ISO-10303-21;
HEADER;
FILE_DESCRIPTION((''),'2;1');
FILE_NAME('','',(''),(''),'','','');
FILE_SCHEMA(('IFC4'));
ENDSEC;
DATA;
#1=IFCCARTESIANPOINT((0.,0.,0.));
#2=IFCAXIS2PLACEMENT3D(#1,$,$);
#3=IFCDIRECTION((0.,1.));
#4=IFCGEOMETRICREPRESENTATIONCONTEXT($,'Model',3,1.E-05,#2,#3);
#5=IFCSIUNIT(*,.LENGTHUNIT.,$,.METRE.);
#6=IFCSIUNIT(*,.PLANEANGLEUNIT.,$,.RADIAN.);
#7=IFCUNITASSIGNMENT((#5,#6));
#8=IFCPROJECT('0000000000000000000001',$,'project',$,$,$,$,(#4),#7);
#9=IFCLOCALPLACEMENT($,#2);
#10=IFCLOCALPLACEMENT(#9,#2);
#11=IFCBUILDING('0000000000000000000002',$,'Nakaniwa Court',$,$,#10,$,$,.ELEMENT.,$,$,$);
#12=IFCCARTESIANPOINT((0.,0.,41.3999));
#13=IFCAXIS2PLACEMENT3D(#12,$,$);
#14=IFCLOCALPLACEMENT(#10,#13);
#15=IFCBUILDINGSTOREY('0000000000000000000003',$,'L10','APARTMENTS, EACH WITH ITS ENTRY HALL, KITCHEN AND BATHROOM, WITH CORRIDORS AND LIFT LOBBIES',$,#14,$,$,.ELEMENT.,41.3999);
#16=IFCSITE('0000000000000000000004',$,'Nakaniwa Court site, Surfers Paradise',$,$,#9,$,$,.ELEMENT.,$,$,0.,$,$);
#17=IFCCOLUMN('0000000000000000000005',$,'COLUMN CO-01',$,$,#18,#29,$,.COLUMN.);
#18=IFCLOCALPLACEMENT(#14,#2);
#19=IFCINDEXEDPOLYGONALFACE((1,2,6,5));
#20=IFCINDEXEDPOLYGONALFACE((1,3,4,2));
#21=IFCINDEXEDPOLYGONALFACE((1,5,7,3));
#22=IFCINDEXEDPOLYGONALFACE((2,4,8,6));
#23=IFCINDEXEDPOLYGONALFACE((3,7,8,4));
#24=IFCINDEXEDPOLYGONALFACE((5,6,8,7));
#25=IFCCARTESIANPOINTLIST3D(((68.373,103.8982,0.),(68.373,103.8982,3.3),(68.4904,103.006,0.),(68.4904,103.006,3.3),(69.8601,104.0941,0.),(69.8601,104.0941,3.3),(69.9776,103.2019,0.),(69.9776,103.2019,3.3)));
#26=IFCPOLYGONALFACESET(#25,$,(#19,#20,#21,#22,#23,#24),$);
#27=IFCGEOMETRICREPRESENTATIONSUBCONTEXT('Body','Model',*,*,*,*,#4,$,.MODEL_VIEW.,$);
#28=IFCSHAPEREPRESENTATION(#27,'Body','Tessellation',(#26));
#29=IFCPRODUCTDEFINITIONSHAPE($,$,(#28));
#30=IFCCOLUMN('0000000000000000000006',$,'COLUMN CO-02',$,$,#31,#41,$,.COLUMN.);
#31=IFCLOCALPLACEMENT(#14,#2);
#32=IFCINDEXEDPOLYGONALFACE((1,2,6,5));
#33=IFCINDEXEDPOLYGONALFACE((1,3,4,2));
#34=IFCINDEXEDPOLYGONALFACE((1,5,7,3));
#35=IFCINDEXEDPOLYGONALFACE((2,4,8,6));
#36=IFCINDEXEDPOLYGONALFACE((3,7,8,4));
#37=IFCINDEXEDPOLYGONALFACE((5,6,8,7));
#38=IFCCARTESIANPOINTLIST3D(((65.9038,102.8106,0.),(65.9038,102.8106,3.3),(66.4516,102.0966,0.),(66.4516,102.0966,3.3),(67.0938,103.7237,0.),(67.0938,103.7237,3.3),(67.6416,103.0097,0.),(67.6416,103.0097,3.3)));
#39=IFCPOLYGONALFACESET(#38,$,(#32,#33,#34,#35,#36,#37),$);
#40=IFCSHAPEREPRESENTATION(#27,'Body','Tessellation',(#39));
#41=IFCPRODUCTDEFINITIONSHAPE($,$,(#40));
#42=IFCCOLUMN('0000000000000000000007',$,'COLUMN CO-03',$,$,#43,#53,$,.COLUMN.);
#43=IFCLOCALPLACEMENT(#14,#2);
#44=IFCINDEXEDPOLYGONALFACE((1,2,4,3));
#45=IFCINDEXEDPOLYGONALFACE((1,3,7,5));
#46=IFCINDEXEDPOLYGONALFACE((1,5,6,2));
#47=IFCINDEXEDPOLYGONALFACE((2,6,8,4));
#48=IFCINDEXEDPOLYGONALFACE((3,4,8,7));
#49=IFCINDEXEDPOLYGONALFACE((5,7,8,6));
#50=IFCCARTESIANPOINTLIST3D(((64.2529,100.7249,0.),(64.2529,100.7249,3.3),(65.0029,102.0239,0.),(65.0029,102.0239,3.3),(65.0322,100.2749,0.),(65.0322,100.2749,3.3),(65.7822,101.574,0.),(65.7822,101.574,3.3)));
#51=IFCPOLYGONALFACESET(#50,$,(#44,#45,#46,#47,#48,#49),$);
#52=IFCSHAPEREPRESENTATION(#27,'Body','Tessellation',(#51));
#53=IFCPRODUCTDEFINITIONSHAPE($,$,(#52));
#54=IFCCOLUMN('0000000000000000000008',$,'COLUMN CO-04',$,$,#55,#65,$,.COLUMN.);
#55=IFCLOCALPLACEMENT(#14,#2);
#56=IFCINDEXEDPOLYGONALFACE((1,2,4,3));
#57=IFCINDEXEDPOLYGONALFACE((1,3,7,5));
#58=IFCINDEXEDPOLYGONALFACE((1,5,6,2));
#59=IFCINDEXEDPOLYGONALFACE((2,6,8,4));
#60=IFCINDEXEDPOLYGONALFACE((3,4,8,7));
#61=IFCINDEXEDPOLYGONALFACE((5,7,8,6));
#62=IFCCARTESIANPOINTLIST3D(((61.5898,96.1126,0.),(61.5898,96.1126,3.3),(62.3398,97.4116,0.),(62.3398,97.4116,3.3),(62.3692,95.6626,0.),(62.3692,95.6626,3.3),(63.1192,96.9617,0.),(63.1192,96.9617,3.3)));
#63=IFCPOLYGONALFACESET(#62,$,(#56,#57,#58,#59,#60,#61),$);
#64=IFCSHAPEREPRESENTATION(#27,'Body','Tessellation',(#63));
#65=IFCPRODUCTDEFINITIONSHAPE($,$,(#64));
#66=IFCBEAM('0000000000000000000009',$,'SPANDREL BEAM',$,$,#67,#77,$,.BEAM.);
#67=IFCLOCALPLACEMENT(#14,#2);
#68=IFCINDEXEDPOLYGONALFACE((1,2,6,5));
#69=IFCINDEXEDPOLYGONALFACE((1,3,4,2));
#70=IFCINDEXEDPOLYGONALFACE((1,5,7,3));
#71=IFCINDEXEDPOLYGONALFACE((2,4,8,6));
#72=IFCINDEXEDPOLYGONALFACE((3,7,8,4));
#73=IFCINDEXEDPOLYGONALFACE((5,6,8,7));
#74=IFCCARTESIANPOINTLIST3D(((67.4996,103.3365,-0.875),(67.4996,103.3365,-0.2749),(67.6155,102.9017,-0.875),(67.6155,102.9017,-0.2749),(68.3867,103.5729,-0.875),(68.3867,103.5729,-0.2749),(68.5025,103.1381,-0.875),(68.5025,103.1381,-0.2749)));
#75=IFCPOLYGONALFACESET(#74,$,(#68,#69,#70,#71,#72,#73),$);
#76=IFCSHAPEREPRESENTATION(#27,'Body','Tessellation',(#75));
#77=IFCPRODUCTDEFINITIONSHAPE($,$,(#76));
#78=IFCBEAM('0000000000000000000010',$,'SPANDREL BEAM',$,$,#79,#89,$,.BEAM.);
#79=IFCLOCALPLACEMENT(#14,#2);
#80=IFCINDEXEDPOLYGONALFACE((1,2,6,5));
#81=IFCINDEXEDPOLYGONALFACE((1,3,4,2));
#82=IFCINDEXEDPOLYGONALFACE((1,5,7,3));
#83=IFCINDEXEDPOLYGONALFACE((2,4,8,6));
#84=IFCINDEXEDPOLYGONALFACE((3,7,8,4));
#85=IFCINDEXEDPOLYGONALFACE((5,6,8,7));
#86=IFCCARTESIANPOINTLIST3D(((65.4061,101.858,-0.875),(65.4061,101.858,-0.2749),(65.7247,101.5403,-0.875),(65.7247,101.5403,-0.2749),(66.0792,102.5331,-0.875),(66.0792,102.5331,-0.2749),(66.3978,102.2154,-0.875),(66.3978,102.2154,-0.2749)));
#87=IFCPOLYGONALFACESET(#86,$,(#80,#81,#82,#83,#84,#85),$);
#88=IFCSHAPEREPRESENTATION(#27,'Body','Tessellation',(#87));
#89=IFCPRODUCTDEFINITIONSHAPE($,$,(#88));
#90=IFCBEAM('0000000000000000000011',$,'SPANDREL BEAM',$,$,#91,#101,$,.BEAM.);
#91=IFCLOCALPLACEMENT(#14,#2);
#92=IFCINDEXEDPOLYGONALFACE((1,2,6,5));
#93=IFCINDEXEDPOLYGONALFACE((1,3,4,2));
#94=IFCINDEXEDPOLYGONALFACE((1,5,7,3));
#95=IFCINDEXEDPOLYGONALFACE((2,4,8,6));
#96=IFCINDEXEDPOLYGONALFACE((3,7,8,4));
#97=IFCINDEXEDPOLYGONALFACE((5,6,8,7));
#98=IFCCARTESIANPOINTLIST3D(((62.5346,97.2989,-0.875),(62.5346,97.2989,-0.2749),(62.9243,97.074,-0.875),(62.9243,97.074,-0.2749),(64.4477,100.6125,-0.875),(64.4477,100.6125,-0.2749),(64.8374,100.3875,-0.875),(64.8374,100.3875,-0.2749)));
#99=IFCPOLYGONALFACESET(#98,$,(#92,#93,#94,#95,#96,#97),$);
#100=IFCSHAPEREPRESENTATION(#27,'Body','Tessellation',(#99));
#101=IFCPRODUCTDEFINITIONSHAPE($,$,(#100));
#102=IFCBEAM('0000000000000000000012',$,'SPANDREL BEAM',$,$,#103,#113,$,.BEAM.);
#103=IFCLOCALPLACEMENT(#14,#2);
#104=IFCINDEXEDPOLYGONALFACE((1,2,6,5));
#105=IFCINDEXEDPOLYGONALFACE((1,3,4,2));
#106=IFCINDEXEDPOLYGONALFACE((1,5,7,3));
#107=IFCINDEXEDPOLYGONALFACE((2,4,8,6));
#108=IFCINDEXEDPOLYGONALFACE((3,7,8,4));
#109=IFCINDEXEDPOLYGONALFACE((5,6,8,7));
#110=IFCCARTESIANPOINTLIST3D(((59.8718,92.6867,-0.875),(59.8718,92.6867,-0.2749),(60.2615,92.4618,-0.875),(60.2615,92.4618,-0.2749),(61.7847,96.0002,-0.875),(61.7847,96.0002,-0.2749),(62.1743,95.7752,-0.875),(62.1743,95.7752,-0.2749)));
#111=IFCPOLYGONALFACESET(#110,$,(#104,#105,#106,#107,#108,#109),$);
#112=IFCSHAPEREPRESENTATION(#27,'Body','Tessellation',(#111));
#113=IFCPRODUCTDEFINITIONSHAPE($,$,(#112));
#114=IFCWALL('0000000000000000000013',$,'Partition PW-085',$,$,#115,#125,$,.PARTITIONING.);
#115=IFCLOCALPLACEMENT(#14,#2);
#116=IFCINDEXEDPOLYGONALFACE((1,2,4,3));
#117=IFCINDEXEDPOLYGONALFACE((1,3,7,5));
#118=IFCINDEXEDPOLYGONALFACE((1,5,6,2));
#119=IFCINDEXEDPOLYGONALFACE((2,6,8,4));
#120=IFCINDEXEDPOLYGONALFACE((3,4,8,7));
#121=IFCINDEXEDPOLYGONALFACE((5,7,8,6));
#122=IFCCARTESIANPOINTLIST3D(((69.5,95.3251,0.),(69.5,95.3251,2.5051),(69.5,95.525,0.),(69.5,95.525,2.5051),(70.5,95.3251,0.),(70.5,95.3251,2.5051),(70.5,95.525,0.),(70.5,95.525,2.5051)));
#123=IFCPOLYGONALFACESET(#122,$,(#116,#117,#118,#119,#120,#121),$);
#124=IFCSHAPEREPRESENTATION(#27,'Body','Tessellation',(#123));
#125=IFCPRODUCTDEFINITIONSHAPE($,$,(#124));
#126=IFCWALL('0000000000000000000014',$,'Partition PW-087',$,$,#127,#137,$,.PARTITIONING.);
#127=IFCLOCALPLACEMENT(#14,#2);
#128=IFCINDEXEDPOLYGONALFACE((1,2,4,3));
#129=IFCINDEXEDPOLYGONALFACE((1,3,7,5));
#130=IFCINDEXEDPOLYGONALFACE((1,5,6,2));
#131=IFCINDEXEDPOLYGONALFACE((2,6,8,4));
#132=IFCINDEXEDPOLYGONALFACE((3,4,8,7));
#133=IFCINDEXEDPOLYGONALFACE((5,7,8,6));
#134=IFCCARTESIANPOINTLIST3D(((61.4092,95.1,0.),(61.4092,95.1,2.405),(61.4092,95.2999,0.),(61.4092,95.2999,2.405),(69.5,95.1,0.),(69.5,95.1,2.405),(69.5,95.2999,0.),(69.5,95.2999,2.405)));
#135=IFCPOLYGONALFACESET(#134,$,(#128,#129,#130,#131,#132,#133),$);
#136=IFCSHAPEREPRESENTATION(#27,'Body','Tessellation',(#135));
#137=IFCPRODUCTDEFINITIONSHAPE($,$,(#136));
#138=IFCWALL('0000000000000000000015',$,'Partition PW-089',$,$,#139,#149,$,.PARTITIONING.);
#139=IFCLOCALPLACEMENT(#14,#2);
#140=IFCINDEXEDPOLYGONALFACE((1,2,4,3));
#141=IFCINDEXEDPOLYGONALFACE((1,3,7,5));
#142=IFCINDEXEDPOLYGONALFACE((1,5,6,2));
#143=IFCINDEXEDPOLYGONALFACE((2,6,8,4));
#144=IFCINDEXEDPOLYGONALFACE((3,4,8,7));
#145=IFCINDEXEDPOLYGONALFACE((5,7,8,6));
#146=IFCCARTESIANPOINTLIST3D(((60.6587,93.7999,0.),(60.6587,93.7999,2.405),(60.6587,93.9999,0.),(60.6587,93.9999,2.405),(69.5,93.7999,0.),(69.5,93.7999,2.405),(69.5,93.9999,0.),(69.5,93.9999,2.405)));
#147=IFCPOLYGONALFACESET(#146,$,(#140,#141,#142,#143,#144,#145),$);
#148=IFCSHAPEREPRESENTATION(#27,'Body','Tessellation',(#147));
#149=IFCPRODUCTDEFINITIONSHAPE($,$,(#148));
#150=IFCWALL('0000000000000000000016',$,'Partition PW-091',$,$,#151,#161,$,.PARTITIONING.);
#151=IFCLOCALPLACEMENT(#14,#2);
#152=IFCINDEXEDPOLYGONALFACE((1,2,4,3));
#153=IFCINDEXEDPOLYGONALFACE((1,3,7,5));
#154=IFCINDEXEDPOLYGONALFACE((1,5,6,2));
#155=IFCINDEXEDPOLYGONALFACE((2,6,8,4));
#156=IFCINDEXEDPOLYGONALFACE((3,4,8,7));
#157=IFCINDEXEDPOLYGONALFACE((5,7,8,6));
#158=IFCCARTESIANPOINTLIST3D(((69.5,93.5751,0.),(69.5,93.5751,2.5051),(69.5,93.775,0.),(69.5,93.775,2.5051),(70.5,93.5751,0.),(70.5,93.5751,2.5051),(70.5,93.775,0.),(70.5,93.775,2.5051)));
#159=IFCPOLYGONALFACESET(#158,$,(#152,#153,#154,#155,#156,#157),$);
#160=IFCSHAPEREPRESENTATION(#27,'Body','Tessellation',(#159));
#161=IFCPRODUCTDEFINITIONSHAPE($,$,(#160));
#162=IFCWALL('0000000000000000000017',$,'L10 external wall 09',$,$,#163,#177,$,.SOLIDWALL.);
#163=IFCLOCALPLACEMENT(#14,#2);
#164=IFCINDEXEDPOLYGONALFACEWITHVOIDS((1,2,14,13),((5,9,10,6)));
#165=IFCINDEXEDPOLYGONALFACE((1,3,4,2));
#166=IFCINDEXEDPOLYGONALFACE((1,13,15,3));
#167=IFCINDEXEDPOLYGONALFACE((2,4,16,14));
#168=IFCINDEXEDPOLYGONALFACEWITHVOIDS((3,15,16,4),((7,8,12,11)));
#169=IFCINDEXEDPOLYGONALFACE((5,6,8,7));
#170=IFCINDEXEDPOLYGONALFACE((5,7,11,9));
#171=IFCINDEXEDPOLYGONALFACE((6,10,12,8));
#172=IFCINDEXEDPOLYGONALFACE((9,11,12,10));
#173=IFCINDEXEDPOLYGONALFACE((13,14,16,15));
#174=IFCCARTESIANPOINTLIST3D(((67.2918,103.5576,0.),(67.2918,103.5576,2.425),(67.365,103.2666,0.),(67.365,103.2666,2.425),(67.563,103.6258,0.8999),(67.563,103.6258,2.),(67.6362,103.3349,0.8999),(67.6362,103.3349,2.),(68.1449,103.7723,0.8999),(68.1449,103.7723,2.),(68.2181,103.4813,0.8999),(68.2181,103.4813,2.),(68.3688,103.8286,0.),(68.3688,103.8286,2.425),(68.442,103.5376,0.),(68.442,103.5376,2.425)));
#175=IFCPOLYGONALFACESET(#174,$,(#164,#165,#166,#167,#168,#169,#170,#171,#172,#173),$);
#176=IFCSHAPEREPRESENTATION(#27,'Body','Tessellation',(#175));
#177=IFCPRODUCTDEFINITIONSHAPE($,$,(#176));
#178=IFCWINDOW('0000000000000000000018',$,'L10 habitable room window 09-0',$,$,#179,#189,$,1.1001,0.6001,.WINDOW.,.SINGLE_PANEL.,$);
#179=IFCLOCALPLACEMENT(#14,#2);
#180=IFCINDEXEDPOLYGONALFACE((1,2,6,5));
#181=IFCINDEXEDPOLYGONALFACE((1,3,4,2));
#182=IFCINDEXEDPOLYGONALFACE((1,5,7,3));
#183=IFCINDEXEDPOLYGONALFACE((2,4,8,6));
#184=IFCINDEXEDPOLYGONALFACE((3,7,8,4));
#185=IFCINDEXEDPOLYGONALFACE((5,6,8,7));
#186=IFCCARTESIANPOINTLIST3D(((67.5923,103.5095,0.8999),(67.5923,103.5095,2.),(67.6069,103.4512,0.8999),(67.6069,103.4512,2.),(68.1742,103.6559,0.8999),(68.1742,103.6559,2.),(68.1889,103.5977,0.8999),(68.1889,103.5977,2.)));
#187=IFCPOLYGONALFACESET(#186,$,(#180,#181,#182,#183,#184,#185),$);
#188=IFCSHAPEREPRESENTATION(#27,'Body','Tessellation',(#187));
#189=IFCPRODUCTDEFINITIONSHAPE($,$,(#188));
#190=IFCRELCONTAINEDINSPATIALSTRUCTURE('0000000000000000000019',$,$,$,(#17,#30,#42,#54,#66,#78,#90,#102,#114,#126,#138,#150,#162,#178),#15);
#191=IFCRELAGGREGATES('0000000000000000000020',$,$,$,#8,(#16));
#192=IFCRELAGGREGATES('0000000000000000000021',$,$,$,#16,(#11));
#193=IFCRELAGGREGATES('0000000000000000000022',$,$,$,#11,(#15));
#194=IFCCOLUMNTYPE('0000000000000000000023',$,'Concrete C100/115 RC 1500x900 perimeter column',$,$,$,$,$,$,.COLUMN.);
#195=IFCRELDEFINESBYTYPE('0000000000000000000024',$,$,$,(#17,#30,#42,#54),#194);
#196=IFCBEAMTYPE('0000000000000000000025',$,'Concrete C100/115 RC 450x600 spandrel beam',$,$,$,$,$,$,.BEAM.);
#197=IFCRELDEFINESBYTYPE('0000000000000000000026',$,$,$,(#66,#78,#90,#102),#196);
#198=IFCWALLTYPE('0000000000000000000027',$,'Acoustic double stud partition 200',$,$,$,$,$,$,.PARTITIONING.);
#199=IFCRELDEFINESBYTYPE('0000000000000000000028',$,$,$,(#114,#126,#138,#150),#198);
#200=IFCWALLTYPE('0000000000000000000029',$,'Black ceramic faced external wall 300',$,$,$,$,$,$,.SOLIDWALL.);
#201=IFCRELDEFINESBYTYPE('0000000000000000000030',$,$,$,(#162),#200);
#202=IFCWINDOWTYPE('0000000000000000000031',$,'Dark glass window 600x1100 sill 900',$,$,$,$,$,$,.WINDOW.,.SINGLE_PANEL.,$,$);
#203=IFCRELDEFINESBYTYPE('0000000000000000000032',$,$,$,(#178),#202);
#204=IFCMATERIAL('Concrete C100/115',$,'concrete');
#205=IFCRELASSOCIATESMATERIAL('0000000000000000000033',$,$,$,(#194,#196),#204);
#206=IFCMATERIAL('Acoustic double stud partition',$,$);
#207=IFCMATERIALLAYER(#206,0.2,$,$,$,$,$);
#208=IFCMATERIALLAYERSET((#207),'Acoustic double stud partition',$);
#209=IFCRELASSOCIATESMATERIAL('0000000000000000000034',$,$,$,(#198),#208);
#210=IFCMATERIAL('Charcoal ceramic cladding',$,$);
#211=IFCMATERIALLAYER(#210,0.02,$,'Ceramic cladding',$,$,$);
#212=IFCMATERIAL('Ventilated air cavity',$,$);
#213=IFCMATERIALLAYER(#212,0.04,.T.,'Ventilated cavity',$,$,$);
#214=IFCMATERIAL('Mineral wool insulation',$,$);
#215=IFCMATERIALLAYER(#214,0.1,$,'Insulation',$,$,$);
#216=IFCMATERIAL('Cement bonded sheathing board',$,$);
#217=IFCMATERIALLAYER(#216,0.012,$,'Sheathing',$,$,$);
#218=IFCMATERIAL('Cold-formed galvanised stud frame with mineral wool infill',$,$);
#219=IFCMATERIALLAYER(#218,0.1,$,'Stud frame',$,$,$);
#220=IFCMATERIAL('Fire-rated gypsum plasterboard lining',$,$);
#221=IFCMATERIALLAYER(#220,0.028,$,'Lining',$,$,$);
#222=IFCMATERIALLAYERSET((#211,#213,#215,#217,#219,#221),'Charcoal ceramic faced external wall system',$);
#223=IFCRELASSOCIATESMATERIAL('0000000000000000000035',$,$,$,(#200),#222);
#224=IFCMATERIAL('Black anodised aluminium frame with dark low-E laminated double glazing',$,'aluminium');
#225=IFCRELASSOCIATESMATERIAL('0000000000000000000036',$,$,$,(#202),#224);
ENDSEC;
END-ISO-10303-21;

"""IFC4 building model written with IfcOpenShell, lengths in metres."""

from ifc_helpers import new_model, si_unit, direction, frame, frame_2d, origin, origin_2d, place, context, subcontext, project, spatial, rectangle, extrude, material, layer, layer_set, material_profile, profile_set, type_object, element, fill, save


model = new_model("IFC4")

# Units and contexts
model_context = context("Model", 3, precision=1e-05, world=origin(), true_north=direction((0.0, 1.0)))
body_context = subcontext(model_context, "Body", "Model", "MODEL_VIEW")
ifc_project = project(units=[si_unit("LENGTHUNIT", "METRE"), si_unit("PLANEANGLEUNIT", "RADIAN")], contexts=[model_context])

# Site, building, storey
site_placement = place(None, origin())
site = spatial("IfcSite", under=ifc_project, at=site_placement, Name="Nakaniwa Court site, Surfers Paradise", CompositionType="ELEMENT", RefElevation=0.0)
building_placement = place(site_placement, origin())
building = spatial("IfcBuilding", under=site, at=building_placement, Name="Nakaniwa Court", CompositionType="ELEMENT")
storey_placement = place(building_placement, frame((0.0, 0.0, 41.3999)))
storey = spatial("IfcBuildingStorey", under=building, at=storey_placement, Name="L10", Description="APARTMENTS, EACH WITH ITS ENTRY HALL, KITCHEN AND BATHROOM, WITH CORRIDORS AND LIFT LOBBIES", CompositionType="ELEMENT", Elevation=41.3999)

# Columns
ifc_material_1 = material(Name="Concrete C100/115", Category="concrete")
ifc_material_profile_1 = material_profile(ifc_material_1, rectangle(XDim=1.5, YDim=0.8999, at=origin_2d()), Name="Concrete C100/115 RC 1500x900 perimeter column")
ifc_profile_set_1 = profile_set([ifc_material_profile_1], Name="Concrete C100/115")
column_type = type_object("IfcColumnType", Name="Concrete C100/115 RC 1500x900 perimeter column", PredefinedType="COLUMN", material=ifc_profile_set_1)
for number, where, z_axis, x_axis, name in (
    (1, (69.1753, 103.55, 0.0), (0.0, 0.0, 1.0), (-0.991443, -0.130543, 0.0), "COLUMN CO-01"),
    (2, (66.7727, 102.9102, 0.0), (0.0, 0.0, 1.0), (-0.793364, -0.608748, 0.0), "COLUMN CO-02"),
    (3, (65.0176, 101.1494, 0.0), (0.0, 0.0, 1.0), (-0.5, -0.866025, 0.0), "COLUMN CO-03"),
    (4, (62.3545, 96.5371, 0.0), (0.0, 0.0, 1.0), (-0.5, -0.866025, 0.0), "COLUMN CO-04"),
):
    element("IfcColumn", number, at=place(storey_placement, frame(where, z_axis=z_axis, x_axis=x_axis)), inside=storey, type_object=column_type, Name=name, PredefinedType="COLUMN", context=body_context, shape_type="SweptSolid", body=[
        extrude(rectangle(XDim=1.5, YDim=0.8999, at=origin_2d()), origin(), (0.0, 0.0, 1.0), 3.3),
    ])

# Beams
ifc_material_profile_2 = material_profile(ifc_material_1, rectangle(XDim=0.45, YDim=0.6001, at=origin_2d()), Name="Concrete C100/115 RC 450x600 spandrel beam")
ifc_profile_set_2 = profile_set([ifc_material_profile_2], Name="Concrete C100/115")
beam_type = type_object("IfcBeamType", Name="Concrete C100/115 RC 450x600 spandrel beam", PredefinedType="BEAM", material=ifc_profile_set_2)
beam_1_placement = place(storey_placement, frame((68.4446, 103.3555, -0.575), z_axis=(-0.966288, -0.257464, 0.0), x_axis=(0.257464, -0.966288, 0.0)))
element("IfcBeam", 5, at=beam_1_placement, inside=storey, type_object=beam_type, Name="SPANDREL BEAM", PredefinedType="BEAM", context=body_context, shape_type="SweptSolid", body=[
    extrude(rectangle(XDim=0.45, YDim=0.6001, at=origin_2d()), origin(), (0.0, 0.0, 1.0), 0.918),
])
beam_2_placement = place(storey_placement, frame((66.2385, 102.3743, -0.575), z_axis=(-0.706082, -0.70813, 0.0), x_axis=(0.70813, -0.706082, 0.0)))
element("IfcBeam", 6, at=beam_2_placement, inside=storey, type_object=beam_type, Name="SPANDREL BEAM", PredefinedType="BEAM", context=body_context, shape_type="SweptSolid", body=[
    extrude(rectangle(XDim=0.45, YDim=0.6001, at=origin_2d()), origin(), (0.0, 0.0, 1.0), 0.9534),
])
beam_3_placement = place(storey_placement, frame((64.6426, 100.5, -0.575), z_axis=(-0.50001, -0.86602, 0.0), x_axis=(0.86602, -0.50001, 0.0)))
element("IfcBeam", 7, at=beam_3_placement, inside=storey, type_object=beam_type, Name="SPANDREL BEAM", PredefinedType="BEAM", context=body_context, shape_type="SweptSolid", body=[
    extrude(rectangle(XDim=0.45, YDim=0.6001, at=origin_2d()), origin(), (0.0, 0.0, 1.0), 3.8262),
])
beam_4_placement = place(storey_placement, frame((61.9795, 95.8877, -0.575), z_axis=(-0.499962, -0.866047, 0.0), x_axis=(0.866047, -0.499962, 0.0)))
element("IfcBeam", 8, at=beam_4_placement, inside=storey, type_object=beam_type, Name="SPANDREL BEAM", PredefinedType="BEAM", context=body_context, shape_type="SweptSolid", body=[
    extrude(rectangle(XDim=0.45, YDim=0.6001, at=origin_2d()), origin(), (0.0, 0.0, 1.0), 3.8259),
])

# Walls
ifc_material_2 = material(Name="Acoustic double stud partition")
ifc_layer_1 = layer(ifc_material_2, 0.2)
ifc_layer_set_1 = layer_set([ifc_layer_1], Name="Acoustic double stud partition")
wall_type_1 = type_object("IfcWallType", Name="Acoustic double stud partition 200", PredefinedType="PARTITIONING", material=ifc_layer_set_1)
wall_1_placement = place(storey_placement, frame((69.5, 95.425, 0.0), z_axis=(0.0, 0.0, 1.0), x_axis=(1.0, 0.0, 0.0)))
element("IfcWall", 9, at=wall_1_placement, inside=storey, type_object=wall_type_1, Name="Partition PW-085", PredefinedType="PARTITIONING", context=body_context, shape_type="SweptSolid", body=[
    extrude(rectangle(XDim=1.0, YDim=0.2, at=frame_2d((0.5, 0.0))), origin(), (0.0, 0.0, 1.0), 2.5051),
])
wall_2_placement = place(storey_placement, frame((61.4092, 95.2, 0.0), z_axis=(0.0, 0.0, 1.0), x_axis=(1.0, 0.0, 0.0)))
element("IfcWall", 10, at=wall_2_placement, inside=storey, type_object=wall_type_1, Name="Partition PW-087", PredefinedType="PARTITIONING", context=body_context, shape_type="SweptSolid", body=[
    extrude(rectangle(XDim=8.0908, YDim=0.2, at=frame_2d((4.0454, 0.0))), origin(), (0.0, 0.0, 1.0), 2.405),
])
wall_3_placement = place(storey_placement, frame((60.6587, 93.8999, 0.0), z_axis=(0.0, 0.0, 1.0), x_axis=(1.0, 0.0, 0.0)))
element("IfcWall", 11, at=wall_3_placement, inside=storey, type_object=wall_type_1, Name="Partition PW-089", PredefinedType="PARTITIONING", context=body_context, shape_type="SweptSolid", body=[
    extrude(rectangle(XDim=8.8413, YDim=0.2, at=frame_2d((4.4207, 0.0))), origin(), (0.0, 0.0, 1.0), 2.405),
])
wall_4_placement = place(storey_placement, frame((69.5, 93.675, 0.0), z_axis=(0.0, 0.0, 1.0), x_axis=(1.0, 0.0, 0.0)))
element("IfcWall", 12, at=wall_4_placement, inside=storey, type_object=wall_type_1, Name="Partition PW-091", PredefinedType="PARTITIONING", context=body_context, shape_type="SweptSolid", body=[
    extrude(rectangle(XDim=1.0, YDim=0.2, at=frame_2d((0.5, 0.0))), origin(), (0.0, 0.0, 1.0), 2.5051),
])

# Wall, opening, window
ifc_material_3 = material(Name="Charcoal ceramic cladding")
ifc_layer_2 = layer(ifc_material_3, 0.02, Name="Ceramic cladding")
ifc_material_4 = material(Name="Ventilated air cavity")
ifc_layer_3 = layer(ifc_material_4, 0.04, ventilated=True, Name="Ventilated cavity")
ifc_material_5 = material(Name="Mineral wool insulation")
ifc_layer_4 = layer(ifc_material_5, 0.1, Name="Insulation")
ifc_material_6 = material(Name="Cement bonded sheathing board")
ifc_layer_5 = layer(ifc_material_6, 0.012, Name="Sheathing")
ifc_material_7 = material(Name="Cold-formed galvanised stud frame with mineral wool infill")
ifc_layer_6 = layer(ifc_material_7, 0.1, Name="Stud frame")
ifc_material_8 = material(Name="Fire-rated gypsum plasterboard lining")
ifc_layer_7 = layer(ifc_material_8, 0.028, Name="Lining")
ifc_layer_set_2 = layer_set([ifc_layer_2, ifc_layer_3, ifc_layer_4, ifc_layer_5, ifc_layer_6, ifc_layer_7], Name="Charcoal ceramic faced external wall system")
wall_type_2 = type_object("IfcWallType", Name="Black ceramic faced external wall 300", PredefinedType="SOLIDWALL", material=ifc_layer_set_2)
wall_5_placement = place(storey_placement, frame((68.4053, 103.6831, 0.0), z_axis=(0.0, 0.0, 1.0), x_axis=(-0.969766, -0.244036, 0.0)))
wall_5 = element("IfcWall", 13, at=wall_5_placement, inside=storey, type_object=wall_type_2, Name="L10 external wall 09", PredefinedType="SOLIDWALL", context=body_context, shape_type="SweptSolid", body=[
    extrude(rectangle(XDim=1.1106, YDim=0.3, at=frame_2d((0.5552, 0.0))), origin(), (0.0, 0.0, 1.0), 2.425),
])
opening_1_placement = place(wall_5_placement, frame((0.2307, 0.0, 0.8999)))
opening_1 = element("IfcOpeningElement", 14, at=opening_1_placement, cuts=wall_5, PredefinedType="OPENING", context=body_context, shape_type="SweptSolid", body=[
    extrude(rectangle(XDim=0.6001, YDim=1.1001, at=frame_2d((0.3, 0.55))), frame((0.0, 0.1599, 0.0), z_axis=(0.0, -1.0, 0.0), x_axis=(1.0, 0.0, 0.0)), (0.0, 0.0, 1.0), 0.3201),
])
ifc_material_9 = material(Name="Black anodised aluminium frame with dark low-E laminated double glazing", Category="aluminium")
window_type_1 = type_object("IfcWindowType", Name="Dark glass window 600x1100 sill 900", PartitioningType="SINGLE_PANEL", PredefinedType="WINDOW", material=ifc_material_9)
window_1_placement = place(opening_1_placement, origin())
window_1 = element("IfcWindow", 15, at=window_1_placement, inside=storey, type_object=window_type_1, Name="L10 habitable room window 09-0", OverallHeight=1.1001, OverallWidth=0.6001, PartitioningType="SINGLE_PANEL", PredefinedType="WINDOW", context=body_context, shape_type="SweptSolid", body=[
    extrude(rectangle(XDim=0.6001, YDim=1.1001, at=frame_2d((0.3, 0.55))), frame((0.0, 0.03, 0.0), z_axis=(0.0, -1.0, 0.0), x_axis=(1.0, 0.0, 0.0)), (0.0, 0.0, 1.0), 0.0601),
])
fill(opening_1, window_1)

save(model, "model.ifc")
